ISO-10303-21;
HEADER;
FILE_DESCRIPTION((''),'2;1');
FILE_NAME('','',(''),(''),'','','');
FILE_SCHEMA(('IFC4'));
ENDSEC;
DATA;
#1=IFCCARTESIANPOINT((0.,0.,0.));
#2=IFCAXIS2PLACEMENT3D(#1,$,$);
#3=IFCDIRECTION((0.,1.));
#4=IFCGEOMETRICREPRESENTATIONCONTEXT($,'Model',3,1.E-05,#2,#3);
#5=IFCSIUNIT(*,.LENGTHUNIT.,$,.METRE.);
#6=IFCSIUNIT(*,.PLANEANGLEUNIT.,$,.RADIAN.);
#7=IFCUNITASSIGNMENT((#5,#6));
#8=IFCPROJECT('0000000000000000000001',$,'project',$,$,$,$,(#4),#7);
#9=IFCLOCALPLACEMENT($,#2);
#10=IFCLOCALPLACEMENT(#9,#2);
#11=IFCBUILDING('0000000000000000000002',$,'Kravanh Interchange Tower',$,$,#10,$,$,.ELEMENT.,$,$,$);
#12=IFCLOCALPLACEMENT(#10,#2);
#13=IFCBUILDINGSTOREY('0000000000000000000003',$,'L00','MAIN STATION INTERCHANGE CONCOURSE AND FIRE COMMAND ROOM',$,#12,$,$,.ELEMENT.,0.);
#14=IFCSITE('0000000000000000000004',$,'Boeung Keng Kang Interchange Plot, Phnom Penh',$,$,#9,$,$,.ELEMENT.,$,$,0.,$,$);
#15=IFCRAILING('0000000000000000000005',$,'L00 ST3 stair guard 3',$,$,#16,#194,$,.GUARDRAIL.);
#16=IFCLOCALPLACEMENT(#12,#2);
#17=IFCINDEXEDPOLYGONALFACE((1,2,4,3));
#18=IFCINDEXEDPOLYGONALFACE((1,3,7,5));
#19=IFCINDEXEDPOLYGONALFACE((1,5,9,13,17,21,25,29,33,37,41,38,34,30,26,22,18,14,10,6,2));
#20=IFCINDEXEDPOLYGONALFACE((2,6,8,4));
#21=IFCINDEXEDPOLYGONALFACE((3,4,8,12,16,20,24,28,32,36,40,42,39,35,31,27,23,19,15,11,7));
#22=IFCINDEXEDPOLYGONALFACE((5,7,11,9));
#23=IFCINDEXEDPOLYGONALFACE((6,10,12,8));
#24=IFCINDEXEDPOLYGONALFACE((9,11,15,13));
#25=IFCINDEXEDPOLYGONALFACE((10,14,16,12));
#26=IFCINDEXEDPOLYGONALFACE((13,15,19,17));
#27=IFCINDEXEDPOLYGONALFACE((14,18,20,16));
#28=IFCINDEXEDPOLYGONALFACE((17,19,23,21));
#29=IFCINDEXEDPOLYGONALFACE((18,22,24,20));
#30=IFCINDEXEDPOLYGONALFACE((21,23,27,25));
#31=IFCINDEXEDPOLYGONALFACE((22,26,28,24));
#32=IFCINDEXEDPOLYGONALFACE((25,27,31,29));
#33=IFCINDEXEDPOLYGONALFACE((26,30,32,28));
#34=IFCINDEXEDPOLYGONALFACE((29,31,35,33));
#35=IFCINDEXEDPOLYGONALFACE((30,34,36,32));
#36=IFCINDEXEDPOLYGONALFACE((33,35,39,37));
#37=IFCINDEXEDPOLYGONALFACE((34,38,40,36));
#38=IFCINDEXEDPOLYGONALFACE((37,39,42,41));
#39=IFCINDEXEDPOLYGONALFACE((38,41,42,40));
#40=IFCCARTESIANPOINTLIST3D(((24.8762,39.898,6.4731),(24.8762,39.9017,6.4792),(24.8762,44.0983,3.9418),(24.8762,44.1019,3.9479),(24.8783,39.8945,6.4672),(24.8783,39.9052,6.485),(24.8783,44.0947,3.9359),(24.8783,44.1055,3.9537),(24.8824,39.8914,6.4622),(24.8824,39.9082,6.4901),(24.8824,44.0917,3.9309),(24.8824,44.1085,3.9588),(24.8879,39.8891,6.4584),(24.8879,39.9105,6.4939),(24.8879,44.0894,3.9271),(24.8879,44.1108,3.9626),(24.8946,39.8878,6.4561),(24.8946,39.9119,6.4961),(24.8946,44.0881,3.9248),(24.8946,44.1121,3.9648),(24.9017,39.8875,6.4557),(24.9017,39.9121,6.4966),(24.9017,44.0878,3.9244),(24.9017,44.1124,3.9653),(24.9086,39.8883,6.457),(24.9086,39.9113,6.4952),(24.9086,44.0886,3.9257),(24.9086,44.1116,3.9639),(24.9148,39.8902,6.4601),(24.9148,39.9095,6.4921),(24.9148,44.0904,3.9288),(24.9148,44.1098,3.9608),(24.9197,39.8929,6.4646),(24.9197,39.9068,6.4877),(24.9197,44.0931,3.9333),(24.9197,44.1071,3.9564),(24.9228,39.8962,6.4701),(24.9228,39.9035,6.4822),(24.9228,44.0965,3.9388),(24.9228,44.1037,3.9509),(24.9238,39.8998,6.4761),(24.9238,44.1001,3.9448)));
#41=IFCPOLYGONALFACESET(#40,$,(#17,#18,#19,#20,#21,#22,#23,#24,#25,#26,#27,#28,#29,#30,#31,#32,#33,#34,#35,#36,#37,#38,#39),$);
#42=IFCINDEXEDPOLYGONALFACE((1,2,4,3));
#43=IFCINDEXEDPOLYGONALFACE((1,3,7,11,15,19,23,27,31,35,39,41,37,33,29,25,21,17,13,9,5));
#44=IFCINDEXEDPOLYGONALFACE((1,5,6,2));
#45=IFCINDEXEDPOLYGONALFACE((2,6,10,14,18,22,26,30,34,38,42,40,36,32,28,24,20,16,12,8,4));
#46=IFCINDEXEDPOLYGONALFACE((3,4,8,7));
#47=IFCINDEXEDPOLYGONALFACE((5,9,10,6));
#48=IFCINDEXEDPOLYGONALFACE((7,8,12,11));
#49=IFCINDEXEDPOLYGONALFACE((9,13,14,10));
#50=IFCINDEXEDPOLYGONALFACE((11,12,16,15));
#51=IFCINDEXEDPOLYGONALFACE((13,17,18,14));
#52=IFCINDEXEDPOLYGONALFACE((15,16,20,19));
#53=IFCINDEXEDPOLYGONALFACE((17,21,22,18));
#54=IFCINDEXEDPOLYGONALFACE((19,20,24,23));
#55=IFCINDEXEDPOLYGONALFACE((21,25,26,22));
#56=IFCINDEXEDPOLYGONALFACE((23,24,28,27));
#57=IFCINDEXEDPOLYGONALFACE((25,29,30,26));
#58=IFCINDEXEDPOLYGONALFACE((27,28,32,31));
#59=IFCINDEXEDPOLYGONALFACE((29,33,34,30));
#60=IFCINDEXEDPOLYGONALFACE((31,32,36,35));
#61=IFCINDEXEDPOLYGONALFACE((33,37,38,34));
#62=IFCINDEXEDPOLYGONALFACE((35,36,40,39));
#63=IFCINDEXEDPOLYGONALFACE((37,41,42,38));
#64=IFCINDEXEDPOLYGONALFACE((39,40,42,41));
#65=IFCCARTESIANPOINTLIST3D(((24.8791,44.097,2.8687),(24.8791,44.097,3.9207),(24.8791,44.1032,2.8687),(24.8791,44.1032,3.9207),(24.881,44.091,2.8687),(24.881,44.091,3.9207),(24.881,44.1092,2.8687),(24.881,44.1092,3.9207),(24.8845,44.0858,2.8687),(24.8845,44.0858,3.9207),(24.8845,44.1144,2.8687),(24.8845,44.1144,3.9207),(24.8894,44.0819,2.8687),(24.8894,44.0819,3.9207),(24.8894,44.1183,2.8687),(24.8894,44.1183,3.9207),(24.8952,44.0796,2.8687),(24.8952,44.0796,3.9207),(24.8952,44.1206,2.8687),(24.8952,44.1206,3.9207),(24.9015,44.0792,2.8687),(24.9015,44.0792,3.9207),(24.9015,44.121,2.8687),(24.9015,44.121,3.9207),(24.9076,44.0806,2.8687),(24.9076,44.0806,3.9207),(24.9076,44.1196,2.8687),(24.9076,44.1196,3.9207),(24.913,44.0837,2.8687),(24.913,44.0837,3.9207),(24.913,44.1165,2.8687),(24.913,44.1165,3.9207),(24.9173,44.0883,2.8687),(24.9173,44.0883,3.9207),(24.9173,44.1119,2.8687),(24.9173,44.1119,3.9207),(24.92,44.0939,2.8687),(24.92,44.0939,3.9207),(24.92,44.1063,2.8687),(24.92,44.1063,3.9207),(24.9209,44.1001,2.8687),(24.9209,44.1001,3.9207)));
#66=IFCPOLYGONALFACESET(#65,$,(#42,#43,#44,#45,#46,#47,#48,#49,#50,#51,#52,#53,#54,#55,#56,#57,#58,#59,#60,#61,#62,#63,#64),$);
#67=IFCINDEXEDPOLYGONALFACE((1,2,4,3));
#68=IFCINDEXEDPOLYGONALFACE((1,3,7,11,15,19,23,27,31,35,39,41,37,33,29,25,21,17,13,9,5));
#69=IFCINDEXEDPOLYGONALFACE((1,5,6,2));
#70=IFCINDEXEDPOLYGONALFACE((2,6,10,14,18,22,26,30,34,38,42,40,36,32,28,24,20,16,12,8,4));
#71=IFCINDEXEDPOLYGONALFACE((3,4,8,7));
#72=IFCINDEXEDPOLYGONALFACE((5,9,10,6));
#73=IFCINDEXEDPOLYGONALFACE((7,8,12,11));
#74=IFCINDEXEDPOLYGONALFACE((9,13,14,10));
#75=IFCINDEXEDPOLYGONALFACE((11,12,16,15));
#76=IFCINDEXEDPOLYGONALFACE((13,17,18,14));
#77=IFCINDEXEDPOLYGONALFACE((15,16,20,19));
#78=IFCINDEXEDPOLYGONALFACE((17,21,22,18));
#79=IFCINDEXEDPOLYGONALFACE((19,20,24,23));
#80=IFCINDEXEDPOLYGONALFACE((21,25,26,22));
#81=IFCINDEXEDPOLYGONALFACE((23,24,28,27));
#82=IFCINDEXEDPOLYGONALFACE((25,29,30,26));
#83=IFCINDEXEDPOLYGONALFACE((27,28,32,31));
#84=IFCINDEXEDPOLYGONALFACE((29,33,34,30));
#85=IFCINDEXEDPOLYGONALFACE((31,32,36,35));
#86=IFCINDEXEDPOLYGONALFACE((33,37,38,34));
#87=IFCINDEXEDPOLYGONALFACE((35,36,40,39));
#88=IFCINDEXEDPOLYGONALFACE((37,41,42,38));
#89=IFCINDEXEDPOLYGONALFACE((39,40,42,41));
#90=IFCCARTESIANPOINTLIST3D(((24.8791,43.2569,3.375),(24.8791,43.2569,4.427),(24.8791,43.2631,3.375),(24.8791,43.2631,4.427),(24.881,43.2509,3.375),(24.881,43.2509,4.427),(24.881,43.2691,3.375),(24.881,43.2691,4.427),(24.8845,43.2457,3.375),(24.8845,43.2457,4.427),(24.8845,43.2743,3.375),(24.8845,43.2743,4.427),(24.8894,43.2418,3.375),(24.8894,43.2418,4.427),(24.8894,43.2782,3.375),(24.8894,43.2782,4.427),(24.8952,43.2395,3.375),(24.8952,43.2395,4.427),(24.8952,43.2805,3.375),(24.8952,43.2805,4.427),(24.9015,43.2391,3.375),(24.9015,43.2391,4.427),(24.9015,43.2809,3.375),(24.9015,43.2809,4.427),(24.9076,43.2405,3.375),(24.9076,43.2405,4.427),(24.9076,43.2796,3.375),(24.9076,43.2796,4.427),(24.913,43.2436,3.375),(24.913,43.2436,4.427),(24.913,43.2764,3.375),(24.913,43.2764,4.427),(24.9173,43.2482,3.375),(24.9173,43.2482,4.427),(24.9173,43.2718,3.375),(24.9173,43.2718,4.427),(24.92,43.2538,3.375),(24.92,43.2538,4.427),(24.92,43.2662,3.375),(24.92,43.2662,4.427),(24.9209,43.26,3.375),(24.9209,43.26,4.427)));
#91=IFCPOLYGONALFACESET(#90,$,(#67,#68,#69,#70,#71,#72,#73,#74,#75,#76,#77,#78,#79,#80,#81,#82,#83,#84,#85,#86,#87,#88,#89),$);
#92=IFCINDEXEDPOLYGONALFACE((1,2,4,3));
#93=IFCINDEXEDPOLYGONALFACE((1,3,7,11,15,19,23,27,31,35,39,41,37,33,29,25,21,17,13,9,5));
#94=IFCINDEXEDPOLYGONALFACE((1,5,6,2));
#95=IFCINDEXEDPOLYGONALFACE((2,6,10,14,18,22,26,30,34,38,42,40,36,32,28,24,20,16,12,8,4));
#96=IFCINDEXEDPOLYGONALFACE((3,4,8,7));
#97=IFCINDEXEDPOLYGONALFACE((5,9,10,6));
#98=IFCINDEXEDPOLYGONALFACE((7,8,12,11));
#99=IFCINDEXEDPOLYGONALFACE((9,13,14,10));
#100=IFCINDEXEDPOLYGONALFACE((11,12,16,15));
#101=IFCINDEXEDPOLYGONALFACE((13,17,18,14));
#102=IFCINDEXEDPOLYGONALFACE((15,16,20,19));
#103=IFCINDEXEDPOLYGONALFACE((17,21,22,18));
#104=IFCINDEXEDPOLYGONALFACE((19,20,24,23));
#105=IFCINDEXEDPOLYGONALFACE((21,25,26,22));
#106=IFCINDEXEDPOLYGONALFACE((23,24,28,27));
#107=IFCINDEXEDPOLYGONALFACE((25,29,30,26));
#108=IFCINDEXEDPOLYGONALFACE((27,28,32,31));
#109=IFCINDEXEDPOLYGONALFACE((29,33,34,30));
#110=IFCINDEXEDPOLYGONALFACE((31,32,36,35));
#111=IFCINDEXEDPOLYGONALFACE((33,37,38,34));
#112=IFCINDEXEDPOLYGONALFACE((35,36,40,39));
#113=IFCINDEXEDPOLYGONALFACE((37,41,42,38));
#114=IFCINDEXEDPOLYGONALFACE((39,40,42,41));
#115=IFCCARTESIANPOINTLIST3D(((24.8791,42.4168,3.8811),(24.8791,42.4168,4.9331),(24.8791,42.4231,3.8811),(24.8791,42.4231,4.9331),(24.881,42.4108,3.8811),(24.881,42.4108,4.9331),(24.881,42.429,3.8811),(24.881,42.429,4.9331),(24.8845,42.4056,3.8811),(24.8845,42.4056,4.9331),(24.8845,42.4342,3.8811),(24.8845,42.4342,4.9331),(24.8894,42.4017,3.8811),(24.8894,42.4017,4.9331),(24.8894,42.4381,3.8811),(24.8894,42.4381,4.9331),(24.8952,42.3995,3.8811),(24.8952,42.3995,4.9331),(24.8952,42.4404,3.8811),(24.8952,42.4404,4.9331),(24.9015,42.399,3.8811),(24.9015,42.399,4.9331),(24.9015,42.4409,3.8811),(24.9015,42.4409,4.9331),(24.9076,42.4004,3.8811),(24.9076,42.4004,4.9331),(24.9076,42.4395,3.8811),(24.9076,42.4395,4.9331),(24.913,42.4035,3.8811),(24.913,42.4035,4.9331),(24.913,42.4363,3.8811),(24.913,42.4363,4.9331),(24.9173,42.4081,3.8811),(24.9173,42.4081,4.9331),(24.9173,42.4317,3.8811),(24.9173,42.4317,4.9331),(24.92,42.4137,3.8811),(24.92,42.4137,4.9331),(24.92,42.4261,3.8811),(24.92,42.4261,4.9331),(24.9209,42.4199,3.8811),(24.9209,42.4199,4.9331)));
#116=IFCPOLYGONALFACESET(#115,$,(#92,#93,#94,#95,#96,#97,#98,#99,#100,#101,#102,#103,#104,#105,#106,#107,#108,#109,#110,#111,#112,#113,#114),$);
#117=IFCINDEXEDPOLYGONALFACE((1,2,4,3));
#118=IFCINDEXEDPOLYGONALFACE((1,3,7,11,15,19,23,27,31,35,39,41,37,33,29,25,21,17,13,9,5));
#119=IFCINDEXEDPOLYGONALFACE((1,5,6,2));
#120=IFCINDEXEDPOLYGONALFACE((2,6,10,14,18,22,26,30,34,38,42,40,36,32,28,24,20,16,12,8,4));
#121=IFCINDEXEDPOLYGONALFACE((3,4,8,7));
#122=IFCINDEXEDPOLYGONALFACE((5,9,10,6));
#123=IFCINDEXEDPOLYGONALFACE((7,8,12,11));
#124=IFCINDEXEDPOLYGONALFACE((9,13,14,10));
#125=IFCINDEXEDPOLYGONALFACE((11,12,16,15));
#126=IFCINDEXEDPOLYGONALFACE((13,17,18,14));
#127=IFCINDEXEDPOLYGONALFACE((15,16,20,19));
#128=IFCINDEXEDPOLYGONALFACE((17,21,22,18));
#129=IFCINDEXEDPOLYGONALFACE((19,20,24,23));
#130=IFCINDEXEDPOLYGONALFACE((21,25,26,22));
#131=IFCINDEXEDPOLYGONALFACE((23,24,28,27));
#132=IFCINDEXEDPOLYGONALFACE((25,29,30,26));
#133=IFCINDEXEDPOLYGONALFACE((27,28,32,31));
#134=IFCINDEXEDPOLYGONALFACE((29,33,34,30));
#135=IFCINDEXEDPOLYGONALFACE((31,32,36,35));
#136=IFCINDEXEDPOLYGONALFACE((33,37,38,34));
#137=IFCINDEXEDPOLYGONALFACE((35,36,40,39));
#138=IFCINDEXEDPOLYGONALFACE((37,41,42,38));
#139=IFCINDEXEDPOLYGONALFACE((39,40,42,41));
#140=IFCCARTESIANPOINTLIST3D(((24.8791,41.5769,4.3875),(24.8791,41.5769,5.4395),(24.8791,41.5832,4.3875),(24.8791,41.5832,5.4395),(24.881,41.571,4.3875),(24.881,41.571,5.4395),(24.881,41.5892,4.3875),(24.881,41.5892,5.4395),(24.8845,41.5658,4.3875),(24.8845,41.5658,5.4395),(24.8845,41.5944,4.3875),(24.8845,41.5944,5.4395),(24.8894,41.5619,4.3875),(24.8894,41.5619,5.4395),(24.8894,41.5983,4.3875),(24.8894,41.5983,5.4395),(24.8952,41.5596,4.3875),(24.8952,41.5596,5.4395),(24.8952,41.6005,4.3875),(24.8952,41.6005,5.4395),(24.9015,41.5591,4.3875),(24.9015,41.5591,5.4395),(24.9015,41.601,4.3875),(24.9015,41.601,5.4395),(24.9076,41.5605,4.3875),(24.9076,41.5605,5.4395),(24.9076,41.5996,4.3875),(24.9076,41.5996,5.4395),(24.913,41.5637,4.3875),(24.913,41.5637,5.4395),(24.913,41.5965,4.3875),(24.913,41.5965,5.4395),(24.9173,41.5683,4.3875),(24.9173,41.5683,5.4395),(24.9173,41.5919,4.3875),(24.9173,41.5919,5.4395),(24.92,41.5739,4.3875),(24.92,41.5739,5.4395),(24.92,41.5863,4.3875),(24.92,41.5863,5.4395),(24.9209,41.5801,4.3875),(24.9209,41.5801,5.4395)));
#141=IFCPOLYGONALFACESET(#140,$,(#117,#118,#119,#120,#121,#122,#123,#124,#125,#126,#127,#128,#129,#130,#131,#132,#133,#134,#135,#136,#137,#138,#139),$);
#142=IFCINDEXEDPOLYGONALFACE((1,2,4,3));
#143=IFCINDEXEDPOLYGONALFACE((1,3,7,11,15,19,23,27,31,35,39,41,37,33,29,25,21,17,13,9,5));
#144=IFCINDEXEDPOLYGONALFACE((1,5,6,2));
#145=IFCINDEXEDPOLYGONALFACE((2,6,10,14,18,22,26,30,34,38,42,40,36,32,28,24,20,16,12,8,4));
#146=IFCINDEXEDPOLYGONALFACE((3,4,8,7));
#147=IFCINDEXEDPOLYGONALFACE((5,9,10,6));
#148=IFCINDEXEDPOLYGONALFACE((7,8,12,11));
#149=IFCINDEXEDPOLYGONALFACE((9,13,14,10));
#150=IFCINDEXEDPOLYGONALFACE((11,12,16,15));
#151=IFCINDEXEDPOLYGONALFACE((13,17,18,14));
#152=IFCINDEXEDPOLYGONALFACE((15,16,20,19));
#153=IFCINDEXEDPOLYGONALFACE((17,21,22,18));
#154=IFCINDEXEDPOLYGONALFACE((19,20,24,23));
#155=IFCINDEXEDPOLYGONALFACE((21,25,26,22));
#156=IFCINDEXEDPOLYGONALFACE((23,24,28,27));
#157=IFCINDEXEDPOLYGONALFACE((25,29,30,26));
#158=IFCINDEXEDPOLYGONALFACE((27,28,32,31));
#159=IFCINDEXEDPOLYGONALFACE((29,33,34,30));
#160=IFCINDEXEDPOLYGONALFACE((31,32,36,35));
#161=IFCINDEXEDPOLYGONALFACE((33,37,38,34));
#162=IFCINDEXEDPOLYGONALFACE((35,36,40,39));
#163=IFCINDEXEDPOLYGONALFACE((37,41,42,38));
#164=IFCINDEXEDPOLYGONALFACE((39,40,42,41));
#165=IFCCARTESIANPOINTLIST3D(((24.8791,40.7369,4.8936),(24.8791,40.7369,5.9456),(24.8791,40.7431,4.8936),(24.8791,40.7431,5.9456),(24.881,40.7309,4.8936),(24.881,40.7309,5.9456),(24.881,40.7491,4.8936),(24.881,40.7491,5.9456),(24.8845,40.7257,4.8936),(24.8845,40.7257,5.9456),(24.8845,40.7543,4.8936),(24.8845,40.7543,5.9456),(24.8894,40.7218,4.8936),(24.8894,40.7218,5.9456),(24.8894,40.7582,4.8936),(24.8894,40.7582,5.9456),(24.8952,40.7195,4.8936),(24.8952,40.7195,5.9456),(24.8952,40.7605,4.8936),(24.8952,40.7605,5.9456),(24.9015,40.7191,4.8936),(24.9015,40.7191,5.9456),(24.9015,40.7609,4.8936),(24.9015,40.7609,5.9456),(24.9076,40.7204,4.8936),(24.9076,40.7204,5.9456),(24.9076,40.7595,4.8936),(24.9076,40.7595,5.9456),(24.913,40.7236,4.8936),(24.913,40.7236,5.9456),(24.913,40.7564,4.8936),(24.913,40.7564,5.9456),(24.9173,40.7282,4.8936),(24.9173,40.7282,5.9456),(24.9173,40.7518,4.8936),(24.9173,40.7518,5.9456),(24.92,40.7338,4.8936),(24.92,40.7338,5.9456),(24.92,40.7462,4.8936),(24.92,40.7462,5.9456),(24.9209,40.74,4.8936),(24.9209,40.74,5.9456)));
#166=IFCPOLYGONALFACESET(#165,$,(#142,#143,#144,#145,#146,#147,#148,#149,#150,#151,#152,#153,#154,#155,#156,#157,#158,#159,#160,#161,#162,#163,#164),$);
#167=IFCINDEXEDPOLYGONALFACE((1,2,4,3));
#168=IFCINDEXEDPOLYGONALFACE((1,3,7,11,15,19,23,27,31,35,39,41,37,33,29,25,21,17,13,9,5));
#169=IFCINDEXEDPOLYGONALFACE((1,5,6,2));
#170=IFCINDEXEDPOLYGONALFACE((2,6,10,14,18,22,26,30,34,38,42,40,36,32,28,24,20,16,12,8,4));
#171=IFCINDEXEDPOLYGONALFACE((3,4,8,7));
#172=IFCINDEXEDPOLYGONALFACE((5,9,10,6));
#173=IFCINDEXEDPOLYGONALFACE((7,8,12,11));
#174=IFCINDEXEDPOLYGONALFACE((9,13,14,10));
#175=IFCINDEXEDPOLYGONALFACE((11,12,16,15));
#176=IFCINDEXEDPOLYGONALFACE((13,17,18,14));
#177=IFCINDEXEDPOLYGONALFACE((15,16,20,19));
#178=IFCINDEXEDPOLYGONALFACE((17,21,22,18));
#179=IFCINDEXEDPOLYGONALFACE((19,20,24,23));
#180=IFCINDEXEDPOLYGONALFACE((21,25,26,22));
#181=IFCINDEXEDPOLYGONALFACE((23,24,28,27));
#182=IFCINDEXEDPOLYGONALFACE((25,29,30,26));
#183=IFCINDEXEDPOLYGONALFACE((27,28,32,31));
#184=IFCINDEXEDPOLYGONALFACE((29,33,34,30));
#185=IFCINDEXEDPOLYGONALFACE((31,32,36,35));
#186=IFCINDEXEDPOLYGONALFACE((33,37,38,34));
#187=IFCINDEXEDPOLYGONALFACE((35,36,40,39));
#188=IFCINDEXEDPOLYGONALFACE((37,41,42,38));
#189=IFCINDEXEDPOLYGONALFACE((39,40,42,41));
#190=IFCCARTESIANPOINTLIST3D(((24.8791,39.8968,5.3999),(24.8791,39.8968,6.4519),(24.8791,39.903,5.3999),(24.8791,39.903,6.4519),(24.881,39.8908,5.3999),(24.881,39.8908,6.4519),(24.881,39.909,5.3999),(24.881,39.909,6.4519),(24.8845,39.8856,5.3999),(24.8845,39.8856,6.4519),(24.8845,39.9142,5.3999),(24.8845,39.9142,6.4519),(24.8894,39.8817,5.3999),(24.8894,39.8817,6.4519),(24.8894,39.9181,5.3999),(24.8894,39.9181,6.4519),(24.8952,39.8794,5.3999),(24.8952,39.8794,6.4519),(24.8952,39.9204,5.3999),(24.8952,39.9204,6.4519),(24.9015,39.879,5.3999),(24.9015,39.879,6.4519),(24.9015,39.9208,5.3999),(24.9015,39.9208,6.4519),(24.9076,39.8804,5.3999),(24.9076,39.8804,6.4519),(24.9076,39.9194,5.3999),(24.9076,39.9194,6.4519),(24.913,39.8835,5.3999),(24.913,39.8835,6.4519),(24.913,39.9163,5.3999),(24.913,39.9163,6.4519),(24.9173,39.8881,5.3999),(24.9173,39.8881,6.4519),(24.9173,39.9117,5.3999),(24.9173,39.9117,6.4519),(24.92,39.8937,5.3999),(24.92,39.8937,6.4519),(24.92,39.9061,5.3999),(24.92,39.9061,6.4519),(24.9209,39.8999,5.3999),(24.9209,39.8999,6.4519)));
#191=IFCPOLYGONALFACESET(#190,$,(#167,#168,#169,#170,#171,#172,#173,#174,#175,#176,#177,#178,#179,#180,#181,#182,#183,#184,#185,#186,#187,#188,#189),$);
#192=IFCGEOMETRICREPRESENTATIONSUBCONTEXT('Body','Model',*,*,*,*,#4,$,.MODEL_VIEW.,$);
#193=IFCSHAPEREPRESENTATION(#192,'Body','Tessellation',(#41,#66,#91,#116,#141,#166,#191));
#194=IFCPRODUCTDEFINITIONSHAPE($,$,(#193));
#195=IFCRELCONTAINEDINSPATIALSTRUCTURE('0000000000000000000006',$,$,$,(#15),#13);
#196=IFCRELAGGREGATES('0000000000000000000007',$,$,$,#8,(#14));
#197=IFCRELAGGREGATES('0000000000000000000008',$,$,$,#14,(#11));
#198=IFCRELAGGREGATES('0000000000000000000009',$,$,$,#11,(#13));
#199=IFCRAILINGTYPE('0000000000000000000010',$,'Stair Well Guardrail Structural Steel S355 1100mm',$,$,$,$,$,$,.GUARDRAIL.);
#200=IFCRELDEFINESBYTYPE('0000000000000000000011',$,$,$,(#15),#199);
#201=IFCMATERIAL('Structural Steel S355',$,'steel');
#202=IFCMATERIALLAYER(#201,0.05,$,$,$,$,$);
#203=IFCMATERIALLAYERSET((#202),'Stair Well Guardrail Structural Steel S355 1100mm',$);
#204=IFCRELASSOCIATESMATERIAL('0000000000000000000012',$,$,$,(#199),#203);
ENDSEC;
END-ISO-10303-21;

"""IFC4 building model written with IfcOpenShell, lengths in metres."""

from ifc_helpers import new_model, si_unit, direction, frame, origin, origin_2d, place, context, subcontext, project, spatial, circle, extrude, material, layer, layer_set, type_object, element, save


model = new_model("IFC4")

# Units and contexts
model_context = context("Model", 3, precision=1e-05, world=origin(), true_north=direction((0.0, 1.0)))
body_context = subcontext(model_context, "Body", "Model", "MODEL_VIEW")
ifc_project = project(units=[si_unit("LENGTHUNIT", "METRE"), si_unit("PLANEANGLEUNIT", "RADIAN")], contexts=[model_context])

# Site, building, storey
site_placement = place(None, origin())
site = spatial("IfcSite", under=ifc_project, at=site_placement, Name="Boeung Keng Kang Interchange Plot, Phnom Penh", CompositionType="ELEMENT", RefElevation=0.0)
building_placement = place(site_placement, origin())
building = spatial("IfcBuilding", under=site, at=building_placement, Name="Kravanh Interchange Tower", CompositionType="ELEMENT")
storey_placement = place(building_placement, origin())
storey = spatial("IfcBuildingStorey", under=building, at=storey_placement, Name="L00", Description="MAIN STATION INTERCHANGE CONCOURSE AND FIRE COMMAND ROOM", CompositionType="ELEMENT", Elevation=0.0)

# Railing
ifc_material_1 = material(Name="Structural Steel S355", Category="steel")
ifc_layer_1 = layer(ifc_material_1, 0.05)
ifc_layer_set_1 = layer_set([ifc_layer_1], Name="Stair Well Guardrail Structural Steel S355 1100mm")
railing_type_1 = type_object("IfcRailingType", Name="Stair Well Guardrail Structural Steel S355 1100mm", PredefinedType="GUARDRAIL", material=ifc_layer_set_1)
railing_1_placement = place(storey_placement, frame((24.8999, 44.1001, 2.8687)))
element("IfcRailing", 1, at=railing_1_placement, inside=storey, type_object=railing_type_1, Name="L00 ST3 stair guard 3", PredefinedType="GUARDRAIL", context=body_context, shape_type="SweptSolid", body=[
    extrude(circle(Radius=0.0239, at=origin_2d()), frame((0.0, 0.0, 1.0762), z_axis=(0.0, -0.85649, 0.516164), x_axis=(1.0, 0.0, 0.0)), (0.0, 0.0, 1.0), 4.9041),
    extrude(circle(Radius=0.021, at=origin_2d()), origin(), (0.0, 0.0, 1.0), 1.052),
    extrude(circle(Radius=0.021, at=origin_2d()), frame((0.0, -0.8401, 0.5063)), (0.0, 0.0, 1.0), 1.052),
    extrude(circle(Radius=0.021, at=origin_2d()), frame((0.0, -1.6802, 1.0125)), (0.0, 0.0, 1.0), 1.052),
    extrude(circle(Radius=0.021, at=origin_2d()), frame((0.0, -2.52, 1.5188)), (0.0, 0.0, 1.0), 1.052),
    extrude(circle(Radius=0.021, at=origin_2d()), frame((0.0, -3.3601, 2.0249)), (0.0, 0.0, 1.0), 1.052),
    extrude(circle(Radius=0.021, at=origin_2d()), frame((0.0, -4.2002, 2.5312)), (0.0, 0.0, 1.0), 1.052),
])

save(model, "model.ifc")
